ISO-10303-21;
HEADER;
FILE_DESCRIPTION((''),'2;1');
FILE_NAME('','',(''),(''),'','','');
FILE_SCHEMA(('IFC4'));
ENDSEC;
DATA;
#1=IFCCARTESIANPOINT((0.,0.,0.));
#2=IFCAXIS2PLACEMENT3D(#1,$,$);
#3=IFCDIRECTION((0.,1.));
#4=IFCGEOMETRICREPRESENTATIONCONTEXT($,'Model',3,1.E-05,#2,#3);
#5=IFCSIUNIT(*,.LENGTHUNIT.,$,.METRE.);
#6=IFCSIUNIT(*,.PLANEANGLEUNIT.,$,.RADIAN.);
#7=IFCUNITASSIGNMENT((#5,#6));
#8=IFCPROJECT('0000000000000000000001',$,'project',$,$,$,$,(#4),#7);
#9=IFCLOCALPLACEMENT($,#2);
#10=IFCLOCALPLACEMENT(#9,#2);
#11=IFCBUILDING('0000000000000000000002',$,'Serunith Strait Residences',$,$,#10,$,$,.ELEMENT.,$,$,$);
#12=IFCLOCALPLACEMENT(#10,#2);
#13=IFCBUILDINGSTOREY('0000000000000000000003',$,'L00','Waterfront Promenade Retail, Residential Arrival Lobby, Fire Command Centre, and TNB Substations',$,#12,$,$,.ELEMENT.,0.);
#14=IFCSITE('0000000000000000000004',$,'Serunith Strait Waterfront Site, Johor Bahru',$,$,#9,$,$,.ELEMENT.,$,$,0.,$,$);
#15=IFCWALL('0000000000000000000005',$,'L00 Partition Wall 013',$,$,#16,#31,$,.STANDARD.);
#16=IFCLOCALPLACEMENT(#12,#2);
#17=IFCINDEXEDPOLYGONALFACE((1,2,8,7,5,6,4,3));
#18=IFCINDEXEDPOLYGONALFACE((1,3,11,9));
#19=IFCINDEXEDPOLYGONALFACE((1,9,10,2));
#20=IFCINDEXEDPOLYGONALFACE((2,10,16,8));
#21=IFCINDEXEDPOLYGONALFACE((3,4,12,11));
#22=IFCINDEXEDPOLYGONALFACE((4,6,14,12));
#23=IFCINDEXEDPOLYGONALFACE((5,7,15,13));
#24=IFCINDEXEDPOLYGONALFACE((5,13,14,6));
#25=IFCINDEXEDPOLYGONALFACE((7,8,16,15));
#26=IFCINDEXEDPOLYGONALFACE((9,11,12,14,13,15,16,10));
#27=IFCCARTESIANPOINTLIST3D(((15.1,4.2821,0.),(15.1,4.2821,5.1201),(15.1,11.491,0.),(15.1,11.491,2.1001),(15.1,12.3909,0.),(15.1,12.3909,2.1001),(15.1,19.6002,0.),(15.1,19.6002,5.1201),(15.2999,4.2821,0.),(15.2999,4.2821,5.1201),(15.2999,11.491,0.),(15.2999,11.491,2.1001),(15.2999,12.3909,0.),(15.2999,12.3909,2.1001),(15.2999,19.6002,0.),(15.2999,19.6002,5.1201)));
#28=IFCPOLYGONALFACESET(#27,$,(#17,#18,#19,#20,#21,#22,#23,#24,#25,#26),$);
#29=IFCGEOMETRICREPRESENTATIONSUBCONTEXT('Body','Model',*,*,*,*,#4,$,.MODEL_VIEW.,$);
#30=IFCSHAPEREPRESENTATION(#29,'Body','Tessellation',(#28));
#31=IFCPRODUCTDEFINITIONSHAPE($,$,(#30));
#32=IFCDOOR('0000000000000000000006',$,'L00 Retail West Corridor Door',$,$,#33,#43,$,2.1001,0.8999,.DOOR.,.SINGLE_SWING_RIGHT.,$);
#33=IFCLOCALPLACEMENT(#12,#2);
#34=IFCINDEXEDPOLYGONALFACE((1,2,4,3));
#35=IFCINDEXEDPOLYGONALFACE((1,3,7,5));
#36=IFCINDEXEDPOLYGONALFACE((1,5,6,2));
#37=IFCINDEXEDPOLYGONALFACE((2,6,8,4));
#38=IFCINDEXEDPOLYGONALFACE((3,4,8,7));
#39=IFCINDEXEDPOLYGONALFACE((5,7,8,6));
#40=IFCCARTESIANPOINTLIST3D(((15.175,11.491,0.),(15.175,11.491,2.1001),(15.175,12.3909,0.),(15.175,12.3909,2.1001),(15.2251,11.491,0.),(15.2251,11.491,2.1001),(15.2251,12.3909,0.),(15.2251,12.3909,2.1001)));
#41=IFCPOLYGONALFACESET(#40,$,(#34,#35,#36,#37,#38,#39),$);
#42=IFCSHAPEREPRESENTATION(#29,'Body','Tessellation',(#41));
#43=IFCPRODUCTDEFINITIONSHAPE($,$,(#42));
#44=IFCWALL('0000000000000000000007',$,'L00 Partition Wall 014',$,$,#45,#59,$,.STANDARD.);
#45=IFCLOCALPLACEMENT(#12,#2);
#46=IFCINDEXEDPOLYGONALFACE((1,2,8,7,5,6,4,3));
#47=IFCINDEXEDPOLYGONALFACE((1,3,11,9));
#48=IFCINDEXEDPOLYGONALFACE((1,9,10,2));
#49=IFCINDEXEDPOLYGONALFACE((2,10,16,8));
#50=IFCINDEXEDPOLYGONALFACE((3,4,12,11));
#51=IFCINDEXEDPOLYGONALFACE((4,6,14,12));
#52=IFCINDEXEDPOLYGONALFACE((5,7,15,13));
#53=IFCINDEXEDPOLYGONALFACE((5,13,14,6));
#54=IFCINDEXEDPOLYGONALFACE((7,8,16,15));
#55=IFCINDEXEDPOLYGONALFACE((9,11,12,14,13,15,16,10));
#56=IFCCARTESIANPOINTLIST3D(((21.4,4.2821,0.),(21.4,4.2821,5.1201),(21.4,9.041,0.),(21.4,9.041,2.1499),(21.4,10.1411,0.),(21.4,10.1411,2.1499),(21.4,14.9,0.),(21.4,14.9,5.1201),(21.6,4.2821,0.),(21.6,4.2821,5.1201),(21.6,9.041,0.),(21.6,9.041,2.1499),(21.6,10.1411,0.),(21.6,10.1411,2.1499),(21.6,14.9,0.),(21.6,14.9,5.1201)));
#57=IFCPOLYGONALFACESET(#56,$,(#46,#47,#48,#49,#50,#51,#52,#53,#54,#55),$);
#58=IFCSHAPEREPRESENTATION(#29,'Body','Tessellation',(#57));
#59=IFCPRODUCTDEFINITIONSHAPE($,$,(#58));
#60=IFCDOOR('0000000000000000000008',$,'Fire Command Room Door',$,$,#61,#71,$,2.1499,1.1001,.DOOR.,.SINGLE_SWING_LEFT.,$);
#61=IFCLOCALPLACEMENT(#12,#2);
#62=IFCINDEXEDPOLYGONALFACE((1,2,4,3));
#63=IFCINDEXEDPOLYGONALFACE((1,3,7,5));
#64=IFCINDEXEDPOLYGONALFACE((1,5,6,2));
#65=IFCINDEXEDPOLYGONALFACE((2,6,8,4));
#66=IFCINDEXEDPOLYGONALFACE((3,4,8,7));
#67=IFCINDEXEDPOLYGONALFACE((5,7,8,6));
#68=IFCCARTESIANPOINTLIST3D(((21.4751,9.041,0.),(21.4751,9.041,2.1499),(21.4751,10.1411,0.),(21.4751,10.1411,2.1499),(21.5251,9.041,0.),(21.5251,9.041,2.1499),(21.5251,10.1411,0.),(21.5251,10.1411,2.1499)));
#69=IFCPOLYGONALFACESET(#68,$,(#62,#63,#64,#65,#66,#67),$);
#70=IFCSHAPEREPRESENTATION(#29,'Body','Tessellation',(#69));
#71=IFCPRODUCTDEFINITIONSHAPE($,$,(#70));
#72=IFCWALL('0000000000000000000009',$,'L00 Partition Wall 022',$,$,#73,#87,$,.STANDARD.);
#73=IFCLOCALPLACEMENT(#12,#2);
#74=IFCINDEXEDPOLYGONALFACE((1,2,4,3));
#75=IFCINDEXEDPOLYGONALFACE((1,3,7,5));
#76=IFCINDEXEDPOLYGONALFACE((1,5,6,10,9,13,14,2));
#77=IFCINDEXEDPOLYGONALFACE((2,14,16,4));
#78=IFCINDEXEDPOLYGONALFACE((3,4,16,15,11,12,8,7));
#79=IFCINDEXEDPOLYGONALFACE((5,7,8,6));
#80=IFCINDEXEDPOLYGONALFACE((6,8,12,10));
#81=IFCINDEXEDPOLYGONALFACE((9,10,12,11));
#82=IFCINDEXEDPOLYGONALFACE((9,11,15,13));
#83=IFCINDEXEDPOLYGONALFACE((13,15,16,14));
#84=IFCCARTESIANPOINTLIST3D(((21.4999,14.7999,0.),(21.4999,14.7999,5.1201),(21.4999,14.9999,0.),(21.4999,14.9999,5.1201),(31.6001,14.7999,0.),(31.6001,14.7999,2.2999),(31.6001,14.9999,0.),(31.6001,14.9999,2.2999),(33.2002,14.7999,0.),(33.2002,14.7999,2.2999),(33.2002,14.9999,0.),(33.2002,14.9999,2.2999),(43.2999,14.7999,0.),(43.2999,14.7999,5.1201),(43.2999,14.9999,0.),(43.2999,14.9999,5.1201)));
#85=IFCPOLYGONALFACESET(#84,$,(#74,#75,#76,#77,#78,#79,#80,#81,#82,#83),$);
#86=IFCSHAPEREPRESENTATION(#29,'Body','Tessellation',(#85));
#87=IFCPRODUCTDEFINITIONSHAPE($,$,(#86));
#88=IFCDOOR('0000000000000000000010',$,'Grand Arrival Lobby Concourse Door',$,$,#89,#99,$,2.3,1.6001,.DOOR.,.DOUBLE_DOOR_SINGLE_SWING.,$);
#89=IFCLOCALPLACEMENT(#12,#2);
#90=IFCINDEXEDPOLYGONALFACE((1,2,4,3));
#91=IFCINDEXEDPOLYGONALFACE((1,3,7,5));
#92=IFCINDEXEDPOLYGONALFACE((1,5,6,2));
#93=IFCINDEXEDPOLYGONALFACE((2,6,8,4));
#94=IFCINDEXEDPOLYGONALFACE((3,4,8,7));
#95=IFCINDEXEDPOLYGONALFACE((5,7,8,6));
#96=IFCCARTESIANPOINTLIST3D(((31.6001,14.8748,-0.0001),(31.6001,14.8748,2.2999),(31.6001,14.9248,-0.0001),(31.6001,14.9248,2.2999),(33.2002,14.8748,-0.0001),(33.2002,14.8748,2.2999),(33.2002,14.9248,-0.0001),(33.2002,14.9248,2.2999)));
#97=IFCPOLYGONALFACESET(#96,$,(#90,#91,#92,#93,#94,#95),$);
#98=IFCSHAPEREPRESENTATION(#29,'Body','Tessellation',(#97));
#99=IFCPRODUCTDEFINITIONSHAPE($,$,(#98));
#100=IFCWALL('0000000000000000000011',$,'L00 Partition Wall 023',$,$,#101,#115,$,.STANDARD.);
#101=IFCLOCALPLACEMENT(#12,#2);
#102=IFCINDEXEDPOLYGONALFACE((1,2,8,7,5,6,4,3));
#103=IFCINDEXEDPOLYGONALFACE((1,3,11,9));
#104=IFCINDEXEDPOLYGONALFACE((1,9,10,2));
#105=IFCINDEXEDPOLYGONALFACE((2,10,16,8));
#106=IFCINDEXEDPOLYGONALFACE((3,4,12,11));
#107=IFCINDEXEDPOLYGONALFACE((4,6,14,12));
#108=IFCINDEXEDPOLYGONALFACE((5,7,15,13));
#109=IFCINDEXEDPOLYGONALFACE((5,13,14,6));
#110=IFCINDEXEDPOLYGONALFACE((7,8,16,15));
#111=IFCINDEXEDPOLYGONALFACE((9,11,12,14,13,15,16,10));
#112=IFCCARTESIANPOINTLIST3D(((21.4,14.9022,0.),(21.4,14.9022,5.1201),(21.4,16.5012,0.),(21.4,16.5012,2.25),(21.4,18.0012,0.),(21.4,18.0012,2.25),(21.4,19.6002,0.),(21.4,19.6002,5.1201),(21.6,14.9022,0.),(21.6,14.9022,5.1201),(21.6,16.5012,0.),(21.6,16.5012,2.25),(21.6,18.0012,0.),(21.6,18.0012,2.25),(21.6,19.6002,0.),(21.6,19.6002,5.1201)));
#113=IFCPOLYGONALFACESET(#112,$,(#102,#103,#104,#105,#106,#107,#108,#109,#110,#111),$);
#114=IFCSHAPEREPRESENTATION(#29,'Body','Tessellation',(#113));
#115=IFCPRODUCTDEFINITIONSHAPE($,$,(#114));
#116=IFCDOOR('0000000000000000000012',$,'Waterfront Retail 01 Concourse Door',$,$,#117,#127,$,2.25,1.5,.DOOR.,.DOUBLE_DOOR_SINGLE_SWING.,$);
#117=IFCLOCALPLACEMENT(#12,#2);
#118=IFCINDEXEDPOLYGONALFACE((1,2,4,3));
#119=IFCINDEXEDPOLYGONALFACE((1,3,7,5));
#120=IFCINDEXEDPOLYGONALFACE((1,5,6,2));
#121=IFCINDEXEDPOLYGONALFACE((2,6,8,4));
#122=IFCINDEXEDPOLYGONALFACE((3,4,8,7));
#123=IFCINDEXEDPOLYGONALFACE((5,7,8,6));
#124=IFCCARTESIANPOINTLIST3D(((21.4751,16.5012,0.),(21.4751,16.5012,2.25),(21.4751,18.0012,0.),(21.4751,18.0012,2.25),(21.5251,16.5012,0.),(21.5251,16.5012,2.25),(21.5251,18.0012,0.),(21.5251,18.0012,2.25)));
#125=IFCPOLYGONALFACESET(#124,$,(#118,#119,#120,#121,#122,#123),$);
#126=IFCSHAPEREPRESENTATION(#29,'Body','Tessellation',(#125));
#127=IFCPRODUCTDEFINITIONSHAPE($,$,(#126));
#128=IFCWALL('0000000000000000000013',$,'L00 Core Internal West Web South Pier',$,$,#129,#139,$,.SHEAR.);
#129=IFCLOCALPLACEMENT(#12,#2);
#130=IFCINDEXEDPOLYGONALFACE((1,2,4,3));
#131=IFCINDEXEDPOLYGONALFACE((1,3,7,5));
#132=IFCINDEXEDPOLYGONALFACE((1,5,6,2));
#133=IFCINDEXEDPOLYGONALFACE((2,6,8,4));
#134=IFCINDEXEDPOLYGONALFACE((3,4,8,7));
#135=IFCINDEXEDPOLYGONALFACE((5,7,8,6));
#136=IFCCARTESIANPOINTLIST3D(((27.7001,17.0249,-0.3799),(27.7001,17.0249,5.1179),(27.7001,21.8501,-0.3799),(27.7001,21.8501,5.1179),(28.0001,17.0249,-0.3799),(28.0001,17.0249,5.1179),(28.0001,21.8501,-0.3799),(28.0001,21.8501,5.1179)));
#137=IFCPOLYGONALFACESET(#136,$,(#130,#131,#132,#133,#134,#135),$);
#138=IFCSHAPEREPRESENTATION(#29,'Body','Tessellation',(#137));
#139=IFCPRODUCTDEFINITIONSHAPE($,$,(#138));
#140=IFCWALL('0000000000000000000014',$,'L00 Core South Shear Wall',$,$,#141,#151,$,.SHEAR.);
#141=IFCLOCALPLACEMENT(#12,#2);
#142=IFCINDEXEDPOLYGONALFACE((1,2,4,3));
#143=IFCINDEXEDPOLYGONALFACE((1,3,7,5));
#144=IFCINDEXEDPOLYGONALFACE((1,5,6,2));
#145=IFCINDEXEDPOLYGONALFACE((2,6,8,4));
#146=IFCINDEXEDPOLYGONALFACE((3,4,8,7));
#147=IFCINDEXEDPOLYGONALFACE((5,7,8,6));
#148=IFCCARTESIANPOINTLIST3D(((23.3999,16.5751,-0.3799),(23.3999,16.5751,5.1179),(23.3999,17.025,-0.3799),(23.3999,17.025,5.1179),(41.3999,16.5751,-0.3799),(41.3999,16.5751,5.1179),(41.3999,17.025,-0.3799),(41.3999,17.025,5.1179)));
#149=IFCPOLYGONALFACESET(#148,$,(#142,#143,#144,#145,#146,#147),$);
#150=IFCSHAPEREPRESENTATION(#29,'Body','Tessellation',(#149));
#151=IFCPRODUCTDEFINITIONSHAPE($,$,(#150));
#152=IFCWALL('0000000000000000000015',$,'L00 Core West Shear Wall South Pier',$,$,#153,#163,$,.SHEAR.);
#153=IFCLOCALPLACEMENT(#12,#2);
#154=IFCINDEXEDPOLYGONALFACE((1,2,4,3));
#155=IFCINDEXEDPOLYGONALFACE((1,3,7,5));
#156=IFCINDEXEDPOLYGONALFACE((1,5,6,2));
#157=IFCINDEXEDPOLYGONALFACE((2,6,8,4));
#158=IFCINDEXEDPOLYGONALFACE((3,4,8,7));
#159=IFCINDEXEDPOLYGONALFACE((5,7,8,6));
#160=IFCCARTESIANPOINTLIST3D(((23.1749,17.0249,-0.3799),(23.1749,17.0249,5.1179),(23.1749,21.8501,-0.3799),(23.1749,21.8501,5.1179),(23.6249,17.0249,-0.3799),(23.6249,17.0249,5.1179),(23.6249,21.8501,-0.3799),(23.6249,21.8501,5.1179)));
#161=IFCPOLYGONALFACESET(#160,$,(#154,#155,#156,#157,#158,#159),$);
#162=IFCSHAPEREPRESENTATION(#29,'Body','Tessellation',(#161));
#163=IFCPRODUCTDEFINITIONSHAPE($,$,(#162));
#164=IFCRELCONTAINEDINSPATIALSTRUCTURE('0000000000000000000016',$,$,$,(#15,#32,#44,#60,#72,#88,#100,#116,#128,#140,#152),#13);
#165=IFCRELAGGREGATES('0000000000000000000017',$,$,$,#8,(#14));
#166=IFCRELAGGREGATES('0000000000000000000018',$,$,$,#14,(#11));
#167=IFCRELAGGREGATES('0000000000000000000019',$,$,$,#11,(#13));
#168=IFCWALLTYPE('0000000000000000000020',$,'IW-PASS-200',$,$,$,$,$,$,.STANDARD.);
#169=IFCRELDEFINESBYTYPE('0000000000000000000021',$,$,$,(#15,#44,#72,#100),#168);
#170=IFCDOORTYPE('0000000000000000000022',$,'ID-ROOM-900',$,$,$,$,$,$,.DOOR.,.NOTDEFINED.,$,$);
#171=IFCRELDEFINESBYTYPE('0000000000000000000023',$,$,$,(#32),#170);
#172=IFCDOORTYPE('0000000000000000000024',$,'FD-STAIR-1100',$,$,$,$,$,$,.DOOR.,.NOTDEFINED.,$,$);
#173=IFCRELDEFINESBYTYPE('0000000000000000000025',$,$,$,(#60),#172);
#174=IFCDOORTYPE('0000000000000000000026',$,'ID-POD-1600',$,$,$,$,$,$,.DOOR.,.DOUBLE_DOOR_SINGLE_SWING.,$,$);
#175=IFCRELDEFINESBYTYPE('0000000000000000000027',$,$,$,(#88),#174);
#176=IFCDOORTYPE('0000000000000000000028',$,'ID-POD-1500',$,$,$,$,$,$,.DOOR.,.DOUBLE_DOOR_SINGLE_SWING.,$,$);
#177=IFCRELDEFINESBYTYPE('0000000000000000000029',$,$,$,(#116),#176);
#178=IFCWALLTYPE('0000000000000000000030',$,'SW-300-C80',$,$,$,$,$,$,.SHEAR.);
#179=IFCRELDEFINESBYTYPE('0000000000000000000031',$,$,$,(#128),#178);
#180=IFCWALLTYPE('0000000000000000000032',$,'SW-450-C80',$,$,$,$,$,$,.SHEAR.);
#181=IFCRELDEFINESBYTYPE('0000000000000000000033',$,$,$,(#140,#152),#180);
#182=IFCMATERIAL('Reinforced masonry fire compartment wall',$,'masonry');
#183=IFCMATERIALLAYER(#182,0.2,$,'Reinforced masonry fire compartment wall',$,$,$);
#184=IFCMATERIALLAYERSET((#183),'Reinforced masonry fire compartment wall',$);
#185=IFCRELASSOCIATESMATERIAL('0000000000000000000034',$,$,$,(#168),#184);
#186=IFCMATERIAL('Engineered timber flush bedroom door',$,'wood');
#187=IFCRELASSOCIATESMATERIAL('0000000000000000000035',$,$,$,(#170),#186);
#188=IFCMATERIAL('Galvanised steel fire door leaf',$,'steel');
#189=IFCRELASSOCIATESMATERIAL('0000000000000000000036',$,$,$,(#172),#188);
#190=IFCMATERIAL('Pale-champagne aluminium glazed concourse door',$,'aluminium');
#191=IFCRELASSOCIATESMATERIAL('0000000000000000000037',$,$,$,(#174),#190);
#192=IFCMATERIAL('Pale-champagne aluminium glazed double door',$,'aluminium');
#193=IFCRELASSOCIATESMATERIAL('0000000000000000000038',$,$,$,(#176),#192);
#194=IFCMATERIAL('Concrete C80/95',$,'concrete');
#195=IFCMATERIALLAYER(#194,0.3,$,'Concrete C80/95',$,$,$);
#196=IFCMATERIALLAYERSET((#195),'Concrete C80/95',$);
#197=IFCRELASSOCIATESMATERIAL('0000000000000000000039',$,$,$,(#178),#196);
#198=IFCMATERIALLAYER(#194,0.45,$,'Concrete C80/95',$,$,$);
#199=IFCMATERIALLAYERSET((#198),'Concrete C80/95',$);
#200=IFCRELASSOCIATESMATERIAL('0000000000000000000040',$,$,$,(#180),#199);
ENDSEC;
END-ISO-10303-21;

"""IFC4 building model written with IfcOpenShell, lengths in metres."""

from ifc_helpers import new_model, si_unit, direction, frame, frame_2d, origin, place, context, subcontext, project, spatial, rectangle, extrude, source, transform, mapped, material, layer, layer_set, type_object, element, fill, save


model = new_model("IFC4")

# Units and contexts
model_context = context("Model", 3, precision=1e-05, world=origin(), true_north=direction((0.0, 1.0)))
body_context = subcontext(model_context, "Body", "Model", "MODEL_VIEW")
ifc_project = project(units=[si_unit("LENGTHUNIT", "METRE"), si_unit("PLANEANGLEUNIT", "RADIAN")], contexts=[model_context])

# Site, building, storey
site_placement = place(None, origin())
site = spatial("IfcSite", under=ifc_project, at=site_placement, Name="Serunith Strait Waterfront Site, Johor Bahru", CompositionType="ELEMENT", RefElevation=0.0)
building_placement = place(site_placement, origin())
building = spatial("IfcBuilding", under=site, at=building_placement, Name="Serunith Strait Residences", CompositionType="ELEMENT")
storey_placement = place(building_placement, origin())
storey = spatial("IfcBuildingStorey", under=building, at=storey_placement, Name="L00", Description="Waterfront Promenade Retail, Residential Arrival Lobby, Fire Command Centre, and TNB Substations", CompositionType="ELEMENT", Elevation=0.0)

# Walls, openings, doors
ifc_material_1 = material(Name="Reinforced masonry fire compartment wall", Category="masonry")
ifc_layer_1 = layer(ifc_material_1, 0.2, Name="Reinforced masonry fire compartment wall")
ifc_layer_set_1 = layer_set([ifc_layer_1], Name="Reinforced masonry fire compartment wall")
wall_type_1 = type_object("IfcWallType", Name="IW-PASS-200", PredefinedType="STANDARD", material=ifc_layer_set_1)
wall_1_placement = place(storey_placement, frame((15.2, 4.282, 0.0), z_axis=(0.0, 0.0, 1.0), x_axis=(0.0, 1.0, 0.0)))
wall_1 = element("IfcWall", 1, at=wall_1_placement, inside=storey, type_object=wall_type_1, Name="L00 Partition Wall 013", PredefinedType="STANDARD", context=body_context, shape_type="SweptSolid", body=[
    extrude(rectangle(XDim=15.3181, YDim=0.2, at=frame_2d((7.6592, 0.0))), origin(), (0.0, 0.0, 1.0), 5.1201),
])
opening_1_placement = place(wall_1_placement, frame((7.209, 0.0, 0.0)))
opening_1 = element("IfcOpeningElement", 2, at=opening_1_placement, cuts=wall_1, PredefinedType="OPENING", context=body_context, shape_type="SweptSolid", body=[
    extrude(rectangle(XDim=0.8999, YDim=2.1001, at=frame_2d((0.45, 1.05))), frame((0.0, 0.1099, 0.0), z_axis=(0.0, -1.0, 0.0), x_axis=(1.0, 0.0, 0.0)), (0.0, 0.0, 1.0), 0.22),
])
ifc_material_2 = material(Name="Engineered timber flush bedroom door", Category="wood")
door_type_1 = type_object("IfcDoorType", Name="ID-ROOM-900", OperationType="NOTDEFINED", PredefinedType="DOOR", material=ifc_material_2)
shared_shape_1 = source(origin(), body_context, "Body", "SweptSolid", [
    extrude(rectangle(XDim=0.8999, YDim=2.1001, at=frame_2d((0.45, 1.05))), frame((0.0, 0.0249, 0.0), z_axis=(0.0, -1.0, 0.0), x_axis=(1.0, 0.0, 0.0)), (0.0, 0.0, 1.0), 0.05),
])
door_1_placement = place(opening_1_placement, origin())
door_1 = element("IfcDoor", 3, at=door_1_placement, inside=storey, type_object=door_type_1, Name="L00 Retail West Corridor Door", OperationType="SINGLE_SWING_RIGHT", OverallHeight=2.1001, OverallWidth=0.8999, PredefinedType="DOOR", context=body_context, shape_type="MappedRepresentation", body=[
    mapped(shared_shape_1, transform((0.0, 0.0, 0.0), scale=1.0)),
])
fill(opening_1, door_1)
wall_2_placement = place(storey_placement, frame((21.5, 4.282, 0.0), z_axis=(0.0, 0.0, 1.0), x_axis=(0.0, 1.0, 0.0)))
wall_2 = element("IfcWall", 4, at=wall_2_placement, inside=storey, type_object=wall_type_1, Name="L00 Partition Wall 014", PredefinedType="STANDARD", context=body_context, shape_type="SweptSolid", body=[
    extrude(rectangle(XDim=10.6179, YDim=0.2, at=frame_2d((5.3091, 0.0))), origin(), (0.0, 0.0, 1.0), 5.1201),
])
opening_2_placement = place(wall_2_placement, frame((4.759, 0.0, 0.0)))
opening_2 = element("IfcOpeningElement", 5, at=opening_2_placement, cuts=wall_2, PredefinedType="OPENING", context=body_context, shape_type="SweptSolid", body=[
    extrude(rectangle(XDim=1.1001, YDim=2.1499, at=frame_2d((0.55, 1.075))), frame((0.0, 0.1099, 0.0), z_axis=(0.0, -1.0, 0.0), x_axis=(1.0, 0.0, 0.0)), (0.0, 0.0, 1.0), 0.22),
])
ifc_material_3 = material(Name="Galvanised steel fire door leaf", Category="steel")
door_type_2 = type_object("IfcDoorType", Name="FD-STAIR-1100", OperationType="NOTDEFINED", PredefinedType="DOOR", material=ifc_material_3)
shared_shape_2 = source(origin(), body_context, "Body", "SweptSolid", [
    extrude(rectangle(XDim=1.1001, YDim=2.1499, at=frame_2d((0.55, 1.075))), frame((0.0, 0.0249, 0.0), z_axis=(0.0, -1.0, 0.0), x_axis=(1.0, 0.0, 0.0)), (0.0, 0.0, 1.0), 0.05),
])
door_2_placement = place(opening_2_placement, origin())
door_2 = element("IfcDoor", 6, at=door_2_placement, inside=storey, type_object=door_type_2, Name="Fire Command Room Door", OperationType="SINGLE_SWING_LEFT", OverallHeight=2.1499, OverallWidth=1.1001, PredefinedType="DOOR", context=body_context, shape_type="MappedRepresentation", body=[
    mapped(shared_shape_2, transform((0.0, 0.0, 0.0), scale=1.0)),
])
fill(opening_2, door_2)
wall_3_placement = place(storey_placement, frame((21.5, 14.8999, 0.0), z_axis=(0.0, 0.0, 1.0), x_axis=(1.0, 0.0, 0.0)))
wall_3 = element("IfcWall", 7, at=wall_3_placement, inside=storey, type_object=wall_type_1, Name="L00 Partition Wall 022", PredefinedType="STANDARD", context=body_context, shape_type="SweptSolid", body=[
    extrude(rectangle(XDim=21.8, YDim=0.2, at=frame_2d((10.8999, 0.0))), origin(), (0.0, 0.0, 1.0), 5.1201),
])
opening_3_placement = place(wall_3_placement, frame((10.1001, 0.0, 0.0)))
opening_3 = element("IfcOpeningElement", 8, at=opening_3_placement, cuts=wall_3, PredefinedType="OPENING", context=body_context, shape_type="SweptSolid", body=[
    extrude(rectangle(XDim=1.6001, YDim=2.3, at=frame_2d((0.8, 1.1499))), frame((0.0, 0.1099, 0.0), z_axis=(0.0, -1.0, 0.0), x_axis=(1.0, 0.0, 0.0)), (0.0, 0.0, 1.0), 0.22),
])
ifc_material_4 = material(Name="Pale-champagne aluminium glazed concourse door", Category="aluminium")
door_type_3 = type_object("IfcDoorType", Name="ID-POD-1600", OperationType="DOUBLE_DOOR_SINGLE_SWING", PredefinedType="DOOR", material=ifc_material_4)
shared_shape_3 = source(origin(), body_context, "Body", "SweptSolid", [
    extrude(rectangle(XDim=1.6001, YDim=2.3, at=frame_2d((0.8, 1.1499))), frame((0.0, 0.0249, 0.0), z_axis=(0.0, -1.0, 0.0), x_axis=(1.0, 0.0, 0.0)), (0.0, 0.0, 1.0), 0.05),
])
door_3_placement = place(opening_3_placement, origin())
door_3 = element("IfcDoor", 9, at=door_3_placement, inside=storey, type_object=door_type_3, Name="Grand Arrival Lobby Concourse Door", OperationType="DOUBLE_DOOR_SINGLE_SWING", OverallHeight=2.3, OverallWidth=1.6001, PredefinedType="DOOR", context=body_context, shape_type="MappedRepresentation", body=[
    mapped(shared_shape_3, transform((0.0, 0.0, 0.0), scale=1.0)),
])
fill(opening_3, door_3)
wall_4_placement = place(storey_placement, frame((21.5, 14.9021, 0.0), z_axis=(0.0, 0.0, 1.0), x_axis=(0.0, 1.0, 0.0)))
wall_4 = element("IfcWall", 10, at=wall_4_placement, inside=storey, type_object=wall_type_1, Name="L00 Partition Wall 023", PredefinedType="STANDARD", context=body_context, shape_type="SweptSolid", body=[
    extrude(rectangle(XDim=4.698, YDim=0.2, at=frame_2d((2.3491, 0.0))), origin(), (0.0, 0.0, 1.0), 5.1201),
])
opening_4_placement = place(wall_4_placement, frame((1.5991, 0.0, 0.0)))
opening_4 = element("IfcOpeningElement", 11, at=opening_4_placement, cuts=wall_4, PredefinedType="OPENING", context=body_context, shape_type="SweptSolid", body=[
    extrude(rectangle(XDim=1.5, YDim=2.25, at=frame_2d((0.75, 1.125))), frame((0.0, 0.1099, 0.0), z_axis=(0.0, -1.0, 0.0), x_axis=(1.0, 0.0, 0.0)), (0.0, 0.0, 1.0), 0.22),
])
ifc_material_5 = material(Name="Pale-champagne aluminium glazed double door", Category="aluminium")
door_type_4 = type_object("IfcDoorType", Name="ID-POD-1500", OperationType="DOUBLE_DOOR_SINGLE_SWING", PredefinedType="DOOR", material=ifc_material_5)
shared_shape_4 = source(origin(), body_context, "Body", "SweptSolid", [
    extrude(rectangle(XDim=1.5, YDim=2.25, at=frame_2d((0.75, 1.125))), frame((0.0, 0.0249, 0.0), z_axis=(0.0, -1.0, 0.0), x_axis=(1.0, 0.0, 0.0)), (0.0, 0.0, 1.0), 0.05),
])
door_4_placement = place(opening_4_placement, origin())
door_4 = element("IfcDoor", 12, at=door_4_placement, inside=storey, type_object=door_type_4, Name="Waterfront Retail 01 Concourse Door", OperationType="DOUBLE_DOOR_SINGLE_SWING", OverallHeight=2.25, OverallWidth=1.5, PredefinedType="DOOR", context=body_context, shape_type="MappedRepresentation", body=[
    mapped(shared_shape_4, transform((0.0, 0.0, 0.0), scale=1.0)),
])
fill(opening_4, door_4)

# Walls
ifc_material_6 = material(Name="Concrete C80/95", Category="concrete")
ifc_layer_2 = layer(ifc_material_6, 0.3, Name="Concrete C80/95")
ifc_layer_set_2 = layer_set([ifc_layer_2], Name="Concrete C80/95")
wall_type_2 = type_object("IfcWallType", Name="SW-300-C80", PredefinedType="SHEAR", material=ifc_layer_set_2)
wall_5_placement = place(storey_placement, frame((27.8501, 17.0249, -0.3799), z_axis=(0.0, 0.0, 1.0), x_axis=(0.0, 1.0, 0.0)))
element("IfcWall", 13, at=wall_5_placement, inside=storey, type_object=wall_type_2, Name="L00 Core Internal West Web South Pier", PredefinedType="SHEAR", context=body_context, shape_type="SweptSolid", body=[
    extrude(rectangle(XDim=4.8252, YDim=0.3, at=frame_2d((2.4126, 0.0))), origin(), (0.0, 0.0, 1.0), 5.4978),
])
ifc_layer_3 = layer(ifc_material_6, 0.45, Name="Concrete C80/95")
ifc_layer_set_3 = layer_set([ifc_layer_3], Name="Concrete C80/95")
wall_type_3 = type_object("IfcWallType", Name="SW-450-C80", PredefinedType="SHEAR", material=ifc_layer_set_3)
wall_6_placement = place(storey_placement, frame((23.3999, 16.8, -0.3799), z_axis=(0.0, 0.0, 1.0), x_axis=(1.0, 0.0, 0.0)))
element("IfcWall", 14, at=wall_6_placement, inside=storey, type_object=wall_type_3, Name="L00 Core South Shear Wall", PredefinedType="SHEAR", context=body_context, shape_type="SweptSolid", body=[
    extrude(rectangle(XDim=18.0, YDim=0.45, at=frame_2d((9.0, 0.0))), origin(), (0.0, 0.0, 1.0), 5.4978),
])
wall_7_placement = place(storey_placement, frame((23.3999, 17.0249, -0.3799), z_axis=(0.0, 0.0, 1.0), x_axis=(0.0, 1.0, 0.0)))
element("IfcWall", 15, at=wall_7_placement, inside=storey, type_object=wall_type_3, Name="L00 Core West Shear Wall South Pier", PredefinedType="SHEAR", context=body_context, shape_type="SweptSolid", body=[
    extrude(rectangle(XDim=4.8252, YDim=0.45, at=frame_2d((2.4126, 0.0))), origin(), (0.0, 0.0, 1.0), 5.4978),
])

save(model, "model.ifc")
